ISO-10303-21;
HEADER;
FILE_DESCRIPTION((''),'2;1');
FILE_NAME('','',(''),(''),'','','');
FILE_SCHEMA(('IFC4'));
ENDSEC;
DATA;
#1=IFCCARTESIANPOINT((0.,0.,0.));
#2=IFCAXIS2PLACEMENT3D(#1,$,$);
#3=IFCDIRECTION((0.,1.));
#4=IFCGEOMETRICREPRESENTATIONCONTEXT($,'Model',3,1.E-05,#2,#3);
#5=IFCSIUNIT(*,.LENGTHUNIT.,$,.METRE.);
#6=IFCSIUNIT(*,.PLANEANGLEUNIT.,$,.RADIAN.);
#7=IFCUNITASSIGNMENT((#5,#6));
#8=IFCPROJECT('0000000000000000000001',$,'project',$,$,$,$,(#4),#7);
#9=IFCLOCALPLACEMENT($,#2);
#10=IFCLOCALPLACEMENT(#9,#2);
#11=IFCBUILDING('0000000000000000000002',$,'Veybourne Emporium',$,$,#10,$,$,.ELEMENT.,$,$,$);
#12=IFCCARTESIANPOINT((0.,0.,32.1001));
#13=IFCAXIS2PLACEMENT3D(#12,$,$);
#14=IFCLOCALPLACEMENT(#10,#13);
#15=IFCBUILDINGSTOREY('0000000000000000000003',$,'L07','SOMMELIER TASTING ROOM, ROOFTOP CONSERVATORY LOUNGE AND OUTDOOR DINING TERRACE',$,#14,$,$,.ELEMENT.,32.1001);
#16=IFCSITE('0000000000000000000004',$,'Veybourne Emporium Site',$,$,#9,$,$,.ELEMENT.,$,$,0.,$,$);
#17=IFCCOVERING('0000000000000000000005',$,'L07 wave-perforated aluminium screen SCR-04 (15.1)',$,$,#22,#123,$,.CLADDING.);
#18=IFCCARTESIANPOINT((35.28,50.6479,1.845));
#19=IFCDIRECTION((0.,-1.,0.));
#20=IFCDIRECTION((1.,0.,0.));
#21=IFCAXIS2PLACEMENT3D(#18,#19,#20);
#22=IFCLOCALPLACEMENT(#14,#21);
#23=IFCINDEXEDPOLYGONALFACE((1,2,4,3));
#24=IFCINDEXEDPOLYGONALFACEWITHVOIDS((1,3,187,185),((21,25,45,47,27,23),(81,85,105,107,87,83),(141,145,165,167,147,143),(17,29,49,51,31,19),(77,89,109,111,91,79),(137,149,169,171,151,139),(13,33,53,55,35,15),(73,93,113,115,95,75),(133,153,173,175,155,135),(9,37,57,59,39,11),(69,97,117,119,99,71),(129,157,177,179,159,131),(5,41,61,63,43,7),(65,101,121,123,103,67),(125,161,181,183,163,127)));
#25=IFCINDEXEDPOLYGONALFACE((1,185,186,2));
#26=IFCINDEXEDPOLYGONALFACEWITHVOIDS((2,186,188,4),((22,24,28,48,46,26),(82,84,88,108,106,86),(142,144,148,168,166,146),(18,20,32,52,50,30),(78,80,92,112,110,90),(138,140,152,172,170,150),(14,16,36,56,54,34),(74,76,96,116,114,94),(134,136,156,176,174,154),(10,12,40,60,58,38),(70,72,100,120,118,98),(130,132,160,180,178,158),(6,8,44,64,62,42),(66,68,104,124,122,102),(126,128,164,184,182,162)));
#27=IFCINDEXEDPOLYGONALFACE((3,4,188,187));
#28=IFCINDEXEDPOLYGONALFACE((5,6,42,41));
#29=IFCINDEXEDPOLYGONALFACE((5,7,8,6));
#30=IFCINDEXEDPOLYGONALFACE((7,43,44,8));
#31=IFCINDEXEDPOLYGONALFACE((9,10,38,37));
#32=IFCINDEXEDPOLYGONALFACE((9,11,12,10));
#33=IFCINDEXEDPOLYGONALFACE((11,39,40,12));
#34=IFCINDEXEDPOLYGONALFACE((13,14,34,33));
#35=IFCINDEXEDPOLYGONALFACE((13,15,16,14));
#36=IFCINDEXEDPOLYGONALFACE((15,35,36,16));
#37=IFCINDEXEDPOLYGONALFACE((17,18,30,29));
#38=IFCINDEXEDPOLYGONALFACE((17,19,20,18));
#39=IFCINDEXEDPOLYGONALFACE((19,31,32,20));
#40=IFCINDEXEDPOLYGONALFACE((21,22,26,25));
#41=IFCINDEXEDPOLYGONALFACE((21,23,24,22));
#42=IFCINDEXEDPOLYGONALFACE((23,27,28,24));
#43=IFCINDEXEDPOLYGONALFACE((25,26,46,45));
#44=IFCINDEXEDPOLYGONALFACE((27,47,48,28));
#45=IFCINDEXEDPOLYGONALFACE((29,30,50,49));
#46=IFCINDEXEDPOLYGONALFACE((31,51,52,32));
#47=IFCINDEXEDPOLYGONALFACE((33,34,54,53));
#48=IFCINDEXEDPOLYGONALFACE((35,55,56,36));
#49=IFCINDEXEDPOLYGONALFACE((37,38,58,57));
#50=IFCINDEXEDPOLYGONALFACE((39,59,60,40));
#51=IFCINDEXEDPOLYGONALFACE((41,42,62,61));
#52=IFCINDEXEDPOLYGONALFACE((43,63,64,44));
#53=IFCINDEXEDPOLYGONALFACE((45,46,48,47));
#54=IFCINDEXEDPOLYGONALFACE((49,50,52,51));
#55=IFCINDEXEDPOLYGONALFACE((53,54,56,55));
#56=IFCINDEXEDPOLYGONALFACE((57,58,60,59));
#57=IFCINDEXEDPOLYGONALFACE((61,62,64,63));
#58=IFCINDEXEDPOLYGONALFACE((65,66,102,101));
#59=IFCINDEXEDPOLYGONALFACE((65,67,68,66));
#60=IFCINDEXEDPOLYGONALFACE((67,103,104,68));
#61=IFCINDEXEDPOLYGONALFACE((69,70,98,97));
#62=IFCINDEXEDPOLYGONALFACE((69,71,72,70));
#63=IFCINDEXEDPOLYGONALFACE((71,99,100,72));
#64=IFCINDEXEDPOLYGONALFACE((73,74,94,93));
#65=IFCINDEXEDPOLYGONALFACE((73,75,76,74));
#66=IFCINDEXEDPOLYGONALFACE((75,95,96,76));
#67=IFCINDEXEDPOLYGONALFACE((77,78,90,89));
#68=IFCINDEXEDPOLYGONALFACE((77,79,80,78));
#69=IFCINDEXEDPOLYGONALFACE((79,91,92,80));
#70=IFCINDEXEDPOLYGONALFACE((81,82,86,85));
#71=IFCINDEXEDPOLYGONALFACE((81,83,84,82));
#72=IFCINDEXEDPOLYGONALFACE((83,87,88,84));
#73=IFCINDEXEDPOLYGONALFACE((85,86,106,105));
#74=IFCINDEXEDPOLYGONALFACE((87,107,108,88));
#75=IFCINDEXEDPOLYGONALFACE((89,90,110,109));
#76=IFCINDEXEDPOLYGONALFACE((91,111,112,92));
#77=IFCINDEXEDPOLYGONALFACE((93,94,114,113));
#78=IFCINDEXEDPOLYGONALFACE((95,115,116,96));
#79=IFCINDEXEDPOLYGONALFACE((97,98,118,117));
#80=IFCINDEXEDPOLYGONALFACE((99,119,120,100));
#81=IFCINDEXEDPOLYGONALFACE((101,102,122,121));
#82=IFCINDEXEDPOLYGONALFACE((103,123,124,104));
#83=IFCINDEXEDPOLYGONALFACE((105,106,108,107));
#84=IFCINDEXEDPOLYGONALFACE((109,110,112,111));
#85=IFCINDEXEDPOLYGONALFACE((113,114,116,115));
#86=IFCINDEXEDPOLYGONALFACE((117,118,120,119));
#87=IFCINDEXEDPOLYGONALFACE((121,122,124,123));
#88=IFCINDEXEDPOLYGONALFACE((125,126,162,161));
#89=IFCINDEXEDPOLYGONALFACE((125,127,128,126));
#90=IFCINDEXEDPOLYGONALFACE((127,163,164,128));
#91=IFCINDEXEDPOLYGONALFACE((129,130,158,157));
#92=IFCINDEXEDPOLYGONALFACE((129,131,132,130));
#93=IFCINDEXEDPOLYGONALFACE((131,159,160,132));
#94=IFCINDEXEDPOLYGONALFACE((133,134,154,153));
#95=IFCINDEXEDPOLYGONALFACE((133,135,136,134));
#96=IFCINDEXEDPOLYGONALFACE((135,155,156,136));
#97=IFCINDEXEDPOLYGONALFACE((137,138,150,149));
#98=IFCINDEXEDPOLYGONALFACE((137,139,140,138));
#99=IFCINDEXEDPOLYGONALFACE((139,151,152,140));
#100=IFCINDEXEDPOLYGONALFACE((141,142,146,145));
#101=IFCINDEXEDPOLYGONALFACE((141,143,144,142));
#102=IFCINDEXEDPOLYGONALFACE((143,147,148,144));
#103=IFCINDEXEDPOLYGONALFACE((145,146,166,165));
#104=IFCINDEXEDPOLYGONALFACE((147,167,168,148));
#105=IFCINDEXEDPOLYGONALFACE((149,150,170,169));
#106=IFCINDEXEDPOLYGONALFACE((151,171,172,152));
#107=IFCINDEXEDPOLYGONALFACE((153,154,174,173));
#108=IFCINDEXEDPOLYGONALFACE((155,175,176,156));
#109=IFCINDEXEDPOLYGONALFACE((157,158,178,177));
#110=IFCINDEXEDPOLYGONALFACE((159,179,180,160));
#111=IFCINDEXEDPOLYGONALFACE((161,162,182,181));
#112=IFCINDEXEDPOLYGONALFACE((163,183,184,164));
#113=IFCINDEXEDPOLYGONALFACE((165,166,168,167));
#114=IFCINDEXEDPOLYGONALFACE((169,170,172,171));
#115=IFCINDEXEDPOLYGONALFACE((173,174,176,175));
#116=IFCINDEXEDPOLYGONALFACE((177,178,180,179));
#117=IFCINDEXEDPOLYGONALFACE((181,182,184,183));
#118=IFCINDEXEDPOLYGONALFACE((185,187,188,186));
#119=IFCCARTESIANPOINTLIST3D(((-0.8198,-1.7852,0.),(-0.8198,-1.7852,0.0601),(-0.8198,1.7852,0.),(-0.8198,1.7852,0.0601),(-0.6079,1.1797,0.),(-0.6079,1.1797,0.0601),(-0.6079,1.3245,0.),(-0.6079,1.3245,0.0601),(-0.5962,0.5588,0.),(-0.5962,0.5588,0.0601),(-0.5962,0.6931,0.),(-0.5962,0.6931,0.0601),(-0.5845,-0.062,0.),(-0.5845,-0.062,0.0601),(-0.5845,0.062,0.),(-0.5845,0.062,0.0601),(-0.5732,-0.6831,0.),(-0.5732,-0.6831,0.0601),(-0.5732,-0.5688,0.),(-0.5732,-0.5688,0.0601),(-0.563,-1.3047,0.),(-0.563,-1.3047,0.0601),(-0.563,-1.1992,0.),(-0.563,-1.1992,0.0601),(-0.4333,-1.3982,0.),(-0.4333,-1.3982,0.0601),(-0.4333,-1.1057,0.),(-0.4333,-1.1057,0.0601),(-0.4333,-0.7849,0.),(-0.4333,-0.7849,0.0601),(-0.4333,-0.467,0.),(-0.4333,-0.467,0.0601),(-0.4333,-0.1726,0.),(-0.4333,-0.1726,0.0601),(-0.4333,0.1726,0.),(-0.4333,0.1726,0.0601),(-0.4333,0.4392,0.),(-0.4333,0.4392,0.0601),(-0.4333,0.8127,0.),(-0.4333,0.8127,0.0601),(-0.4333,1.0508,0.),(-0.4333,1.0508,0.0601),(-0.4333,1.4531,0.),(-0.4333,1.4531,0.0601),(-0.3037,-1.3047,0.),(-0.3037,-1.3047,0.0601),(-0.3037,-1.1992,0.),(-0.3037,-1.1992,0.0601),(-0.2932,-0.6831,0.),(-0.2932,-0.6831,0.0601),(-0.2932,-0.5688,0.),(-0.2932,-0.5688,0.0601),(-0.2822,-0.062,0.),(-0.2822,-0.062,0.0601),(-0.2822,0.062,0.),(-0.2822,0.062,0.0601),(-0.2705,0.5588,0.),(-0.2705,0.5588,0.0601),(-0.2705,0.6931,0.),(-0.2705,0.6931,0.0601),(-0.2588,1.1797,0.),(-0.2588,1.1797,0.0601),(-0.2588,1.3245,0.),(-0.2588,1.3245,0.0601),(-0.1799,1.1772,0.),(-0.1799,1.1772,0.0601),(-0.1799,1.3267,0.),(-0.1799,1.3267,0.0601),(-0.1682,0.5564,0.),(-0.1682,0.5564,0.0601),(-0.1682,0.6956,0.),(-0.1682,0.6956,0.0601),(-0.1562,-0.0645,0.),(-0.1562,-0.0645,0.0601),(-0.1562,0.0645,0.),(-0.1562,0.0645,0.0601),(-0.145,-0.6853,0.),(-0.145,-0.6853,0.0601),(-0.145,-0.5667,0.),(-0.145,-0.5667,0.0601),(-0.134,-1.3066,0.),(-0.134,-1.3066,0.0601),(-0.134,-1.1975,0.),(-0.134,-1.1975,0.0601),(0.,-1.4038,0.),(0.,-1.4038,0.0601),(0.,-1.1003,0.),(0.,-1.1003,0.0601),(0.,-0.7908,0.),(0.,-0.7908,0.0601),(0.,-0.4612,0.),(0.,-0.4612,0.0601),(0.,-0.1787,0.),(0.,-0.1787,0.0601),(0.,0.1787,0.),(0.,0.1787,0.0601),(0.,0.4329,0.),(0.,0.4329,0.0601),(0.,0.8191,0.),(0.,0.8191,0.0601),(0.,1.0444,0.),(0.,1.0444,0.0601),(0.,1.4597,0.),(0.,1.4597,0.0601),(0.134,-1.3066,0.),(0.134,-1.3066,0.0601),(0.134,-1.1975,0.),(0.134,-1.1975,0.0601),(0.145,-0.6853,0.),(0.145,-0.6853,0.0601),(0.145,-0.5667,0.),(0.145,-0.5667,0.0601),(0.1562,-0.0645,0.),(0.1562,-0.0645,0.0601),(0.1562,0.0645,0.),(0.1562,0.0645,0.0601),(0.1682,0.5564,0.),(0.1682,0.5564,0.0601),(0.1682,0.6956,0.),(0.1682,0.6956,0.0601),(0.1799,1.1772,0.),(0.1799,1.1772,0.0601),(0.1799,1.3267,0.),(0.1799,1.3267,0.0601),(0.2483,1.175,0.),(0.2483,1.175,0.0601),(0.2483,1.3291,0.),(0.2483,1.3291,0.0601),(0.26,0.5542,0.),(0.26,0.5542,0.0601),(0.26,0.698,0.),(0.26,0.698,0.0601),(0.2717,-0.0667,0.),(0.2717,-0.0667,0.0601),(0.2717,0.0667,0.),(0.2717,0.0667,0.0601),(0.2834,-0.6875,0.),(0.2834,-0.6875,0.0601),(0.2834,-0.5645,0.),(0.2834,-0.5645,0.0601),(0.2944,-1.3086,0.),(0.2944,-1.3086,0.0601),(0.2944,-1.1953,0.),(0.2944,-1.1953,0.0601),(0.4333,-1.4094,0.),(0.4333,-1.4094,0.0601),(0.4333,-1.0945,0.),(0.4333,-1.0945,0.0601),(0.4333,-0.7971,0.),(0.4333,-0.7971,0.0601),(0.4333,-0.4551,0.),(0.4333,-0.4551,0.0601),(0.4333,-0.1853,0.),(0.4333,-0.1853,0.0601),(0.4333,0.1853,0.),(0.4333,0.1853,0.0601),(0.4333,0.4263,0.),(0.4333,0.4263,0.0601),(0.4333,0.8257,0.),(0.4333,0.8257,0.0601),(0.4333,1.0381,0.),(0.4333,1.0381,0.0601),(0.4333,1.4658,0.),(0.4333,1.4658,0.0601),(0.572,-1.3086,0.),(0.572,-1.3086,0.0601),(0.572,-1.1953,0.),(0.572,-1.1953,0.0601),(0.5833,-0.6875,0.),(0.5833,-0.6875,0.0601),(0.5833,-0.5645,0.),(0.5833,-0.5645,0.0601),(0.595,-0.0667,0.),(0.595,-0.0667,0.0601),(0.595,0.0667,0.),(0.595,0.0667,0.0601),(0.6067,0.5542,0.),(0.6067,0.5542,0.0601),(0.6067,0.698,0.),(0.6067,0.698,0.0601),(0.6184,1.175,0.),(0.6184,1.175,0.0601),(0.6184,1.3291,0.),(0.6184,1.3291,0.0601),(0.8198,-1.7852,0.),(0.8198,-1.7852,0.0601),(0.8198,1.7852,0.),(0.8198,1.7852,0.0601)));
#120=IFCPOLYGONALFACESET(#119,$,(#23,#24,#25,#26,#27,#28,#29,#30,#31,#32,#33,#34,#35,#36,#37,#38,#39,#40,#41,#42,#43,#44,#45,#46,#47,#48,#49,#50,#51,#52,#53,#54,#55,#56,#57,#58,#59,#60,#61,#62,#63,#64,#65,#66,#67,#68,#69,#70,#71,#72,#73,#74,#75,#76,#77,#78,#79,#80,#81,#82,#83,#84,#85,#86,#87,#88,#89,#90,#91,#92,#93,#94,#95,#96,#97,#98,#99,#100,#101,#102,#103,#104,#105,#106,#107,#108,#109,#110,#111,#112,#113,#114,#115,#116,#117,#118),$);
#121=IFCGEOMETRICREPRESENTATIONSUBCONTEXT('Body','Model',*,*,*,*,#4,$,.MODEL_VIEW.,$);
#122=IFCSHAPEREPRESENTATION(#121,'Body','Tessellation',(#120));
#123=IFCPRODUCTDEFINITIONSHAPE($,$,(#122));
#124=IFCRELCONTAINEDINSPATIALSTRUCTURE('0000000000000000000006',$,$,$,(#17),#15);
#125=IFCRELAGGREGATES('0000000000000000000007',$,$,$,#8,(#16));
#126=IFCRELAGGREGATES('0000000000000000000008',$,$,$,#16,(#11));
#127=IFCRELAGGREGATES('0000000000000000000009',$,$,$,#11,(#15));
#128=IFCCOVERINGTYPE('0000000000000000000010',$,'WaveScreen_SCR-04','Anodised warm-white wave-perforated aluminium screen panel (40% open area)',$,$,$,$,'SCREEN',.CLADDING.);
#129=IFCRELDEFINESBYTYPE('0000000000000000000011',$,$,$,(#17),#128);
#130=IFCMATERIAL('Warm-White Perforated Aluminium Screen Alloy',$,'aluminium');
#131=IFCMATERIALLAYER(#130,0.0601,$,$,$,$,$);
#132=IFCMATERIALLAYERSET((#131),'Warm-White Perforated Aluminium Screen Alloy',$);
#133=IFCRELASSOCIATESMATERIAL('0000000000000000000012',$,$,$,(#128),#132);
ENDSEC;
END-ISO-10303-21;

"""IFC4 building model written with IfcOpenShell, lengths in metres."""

from ifc_helpers import new_model, si_unit, direction, frame, origin, place, context, subcontext, project, spatial, polyline, outline, extrude, material, layer, layer_set, type_object, element, save


model = new_model("IFC4")

# Units and contexts
model_context = context("Model", 3, precision=1e-05, world=origin(), true_north=direction((0.0, 1.0)))
body_context = subcontext(model_context, "Body", "Model", "MODEL_VIEW")
ifc_project = project(units=[si_unit("LENGTHUNIT", "METRE"), si_unit("PLANEANGLEUNIT", "RADIAN")], contexts=[model_context])

# Site, building, storey
site_placement = place(None, origin())
site = spatial("IfcSite", under=ifc_project, at=site_placement, Name="Veybourne Emporium Site", CompositionType="ELEMENT", RefElevation=0.0)
building_placement = place(site_placement, origin())
building = spatial("IfcBuilding", under=site, at=building_placement, Name="Veybourne Emporium", CompositionType="ELEMENT")
storey_placement = place(building_placement, frame((0.0, 0.0, 32.1001)))
storey = spatial("IfcBuildingStorey", under=building, at=storey_placement, Name="L07", Description="SOMMELIER TASTING ROOM, ROOFTOP CONSERVATORY LOUNGE AND OUTDOOR DINING TERRACE", CompositionType="ELEMENT", Elevation=32.1001)

# Covering
ifc_material_1 = material(Name="Warm-White Perforated Aluminium Screen Alloy", Category="aluminium")
ifc_layer_1 = layer(ifc_material_1, 0.0601)
ifc_layer_set_1 = layer_set([ifc_layer_1], Name="Warm-White Perforated Aluminium Screen Alloy")
covering_type_1 = type_object("IfcCoveringType", Name="WaveScreen_SCR-04", Description="Anodised warm-white wave-perforated aluminium screen panel (40% open area)", ElementType="SCREEN", PredefinedType="CLADDING", material=ifc_layer_set_1)
covering_1_placement = place(storey_placement, frame((35.28, 50.6479, 1.845), z_axis=(0.0, -1.0, 0.0), x_axis=(1.0, 0.0, 0.0)))
element("IfcCovering", 1, at=covering_1_placement, inside=storey, type_object=covering_type_1, Name="L07 wave-perforated aluminium screen SCR-04 (15.1)", PredefinedType="CLADDING", context=body_context, shape_type="SweptSolid", body=[
    extrude(outline(polyline([(-0.8198, -1.7852), (0.8198, -1.7852), (0.8198, 1.7852), (-0.8198, 1.7852), (-0.8198, -1.7852)]), holes=[polyline([(-0.4333, -1.1057), (-0.3037, -1.1992), (-0.3037, -1.3047), (-0.4333, -1.3982), (-0.563, -1.3047), (-0.563, -1.1992), (-0.4333, -1.1057)]), polyline([(-0.4333, -0.467), (-0.2932, -0.5688), (-0.2932, -0.6831), (-0.4333, -0.7849), (-0.5732, -0.6831), (-0.5732, -0.5688), (-0.4333, -0.467)]), polyline([(-0.4333, 0.1726), (-0.2822, 0.062), (-0.2822, -0.062), (-0.4333, -0.1726), (-0.5845, -0.062), (-0.5845, 0.062), (-0.4333, 0.1726)]), polyline([(-0.4333, 0.8127), (-0.2705, 0.6931), (-0.2705, 0.5588), (-0.4333, 0.4392), (-0.5962, 0.5588), (-0.5962, 0.6931), (-0.4333, 0.8127)]), polyline([(-0.4333, 1.4531), (-0.2588, 1.3245), (-0.2588, 1.1797), (-0.4333, 1.0508), (-0.6079, 1.1797), (-0.6079, 1.3245), (-0.4333, 1.4531)]), polyline([(0.0, -1.1003), (0.134, -1.1975), (0.134, -1.3066), (0.0, -1.4038), (-0.134, -1.3066), (-0.134, -1.1975), (0.0, -1.1003)]), polyline([(0.0, -0.4612), (0.145, -0.5667), (0.145, -0.6853), (0.0, -0.7908), (-0.145, -0.6853), (-0.145, -0.5667), (0.0, -0.4612)]), polyline([(0.0, 0.1787), (0.1562, 0.0645), (0.1562, -0.0645), (0.0, -0.1787), (-0.1562, -0.0645), (-0.1562, 0.0645), (0.0, 0.1787)]), polyline([(0.0, 0.8191), (0.1682, 0.6956), (0.1682, 0.5564), (0.0, 0.4329), (-0.1682, 0.5564), (-0.1682, 0.6956), (0.0, 0.8191)]), polyline([(0.0, 1.4597), (0.1799, 1.3267), (0.1799, 1.1772), (0.0, 1.0444), (-0.1799, 1.1772), (-0.1799, 1.3267), (0.0, 1.4597)]), polyline([(0.4333, -1.0945), (0.572, -1.1953), (0.572, -1.3086), (0.4333, -1.4094), (0.2944, -1.3086), (0.2944, -1.1953), (0.4333, -1.0945)]), polyline([(0.4333, -0.4551), (0.5833, -0.5645), (0.5833, -0.6875), (0.4333, -0.7971), (0.2834, -0.6875), (0.2834, -0.5645), (0.4333, -0.4551)]), polyline([(0.4333, 0.1853), (0.595, 0.0667), (0.595, -0.0667), (0.4333, -0.1853), (0.2717, -0.0667), (0.2717, 0.0667), (0.4333, 0.1853)]), polyline([(0.4333, 0.8257), (0.6067, 0.698), (0.6067, 0.5542), (0.4333, 0.4263), (0.26, 0.5542), (0.26, 0.698), (0.4333, 0.8257)]), polyline([(0.4333, 1.4658), (0.6184, 1.3291), (0.6184, 1.175), (0.4333, 1.0381), (0.2483, 1.175), (0.2483, 1.3291), (0.4333, 1.4658)])]), origin(), (0.0, 0.0, 1.0), 0.0601),
])

save(model, "model.ifc")
